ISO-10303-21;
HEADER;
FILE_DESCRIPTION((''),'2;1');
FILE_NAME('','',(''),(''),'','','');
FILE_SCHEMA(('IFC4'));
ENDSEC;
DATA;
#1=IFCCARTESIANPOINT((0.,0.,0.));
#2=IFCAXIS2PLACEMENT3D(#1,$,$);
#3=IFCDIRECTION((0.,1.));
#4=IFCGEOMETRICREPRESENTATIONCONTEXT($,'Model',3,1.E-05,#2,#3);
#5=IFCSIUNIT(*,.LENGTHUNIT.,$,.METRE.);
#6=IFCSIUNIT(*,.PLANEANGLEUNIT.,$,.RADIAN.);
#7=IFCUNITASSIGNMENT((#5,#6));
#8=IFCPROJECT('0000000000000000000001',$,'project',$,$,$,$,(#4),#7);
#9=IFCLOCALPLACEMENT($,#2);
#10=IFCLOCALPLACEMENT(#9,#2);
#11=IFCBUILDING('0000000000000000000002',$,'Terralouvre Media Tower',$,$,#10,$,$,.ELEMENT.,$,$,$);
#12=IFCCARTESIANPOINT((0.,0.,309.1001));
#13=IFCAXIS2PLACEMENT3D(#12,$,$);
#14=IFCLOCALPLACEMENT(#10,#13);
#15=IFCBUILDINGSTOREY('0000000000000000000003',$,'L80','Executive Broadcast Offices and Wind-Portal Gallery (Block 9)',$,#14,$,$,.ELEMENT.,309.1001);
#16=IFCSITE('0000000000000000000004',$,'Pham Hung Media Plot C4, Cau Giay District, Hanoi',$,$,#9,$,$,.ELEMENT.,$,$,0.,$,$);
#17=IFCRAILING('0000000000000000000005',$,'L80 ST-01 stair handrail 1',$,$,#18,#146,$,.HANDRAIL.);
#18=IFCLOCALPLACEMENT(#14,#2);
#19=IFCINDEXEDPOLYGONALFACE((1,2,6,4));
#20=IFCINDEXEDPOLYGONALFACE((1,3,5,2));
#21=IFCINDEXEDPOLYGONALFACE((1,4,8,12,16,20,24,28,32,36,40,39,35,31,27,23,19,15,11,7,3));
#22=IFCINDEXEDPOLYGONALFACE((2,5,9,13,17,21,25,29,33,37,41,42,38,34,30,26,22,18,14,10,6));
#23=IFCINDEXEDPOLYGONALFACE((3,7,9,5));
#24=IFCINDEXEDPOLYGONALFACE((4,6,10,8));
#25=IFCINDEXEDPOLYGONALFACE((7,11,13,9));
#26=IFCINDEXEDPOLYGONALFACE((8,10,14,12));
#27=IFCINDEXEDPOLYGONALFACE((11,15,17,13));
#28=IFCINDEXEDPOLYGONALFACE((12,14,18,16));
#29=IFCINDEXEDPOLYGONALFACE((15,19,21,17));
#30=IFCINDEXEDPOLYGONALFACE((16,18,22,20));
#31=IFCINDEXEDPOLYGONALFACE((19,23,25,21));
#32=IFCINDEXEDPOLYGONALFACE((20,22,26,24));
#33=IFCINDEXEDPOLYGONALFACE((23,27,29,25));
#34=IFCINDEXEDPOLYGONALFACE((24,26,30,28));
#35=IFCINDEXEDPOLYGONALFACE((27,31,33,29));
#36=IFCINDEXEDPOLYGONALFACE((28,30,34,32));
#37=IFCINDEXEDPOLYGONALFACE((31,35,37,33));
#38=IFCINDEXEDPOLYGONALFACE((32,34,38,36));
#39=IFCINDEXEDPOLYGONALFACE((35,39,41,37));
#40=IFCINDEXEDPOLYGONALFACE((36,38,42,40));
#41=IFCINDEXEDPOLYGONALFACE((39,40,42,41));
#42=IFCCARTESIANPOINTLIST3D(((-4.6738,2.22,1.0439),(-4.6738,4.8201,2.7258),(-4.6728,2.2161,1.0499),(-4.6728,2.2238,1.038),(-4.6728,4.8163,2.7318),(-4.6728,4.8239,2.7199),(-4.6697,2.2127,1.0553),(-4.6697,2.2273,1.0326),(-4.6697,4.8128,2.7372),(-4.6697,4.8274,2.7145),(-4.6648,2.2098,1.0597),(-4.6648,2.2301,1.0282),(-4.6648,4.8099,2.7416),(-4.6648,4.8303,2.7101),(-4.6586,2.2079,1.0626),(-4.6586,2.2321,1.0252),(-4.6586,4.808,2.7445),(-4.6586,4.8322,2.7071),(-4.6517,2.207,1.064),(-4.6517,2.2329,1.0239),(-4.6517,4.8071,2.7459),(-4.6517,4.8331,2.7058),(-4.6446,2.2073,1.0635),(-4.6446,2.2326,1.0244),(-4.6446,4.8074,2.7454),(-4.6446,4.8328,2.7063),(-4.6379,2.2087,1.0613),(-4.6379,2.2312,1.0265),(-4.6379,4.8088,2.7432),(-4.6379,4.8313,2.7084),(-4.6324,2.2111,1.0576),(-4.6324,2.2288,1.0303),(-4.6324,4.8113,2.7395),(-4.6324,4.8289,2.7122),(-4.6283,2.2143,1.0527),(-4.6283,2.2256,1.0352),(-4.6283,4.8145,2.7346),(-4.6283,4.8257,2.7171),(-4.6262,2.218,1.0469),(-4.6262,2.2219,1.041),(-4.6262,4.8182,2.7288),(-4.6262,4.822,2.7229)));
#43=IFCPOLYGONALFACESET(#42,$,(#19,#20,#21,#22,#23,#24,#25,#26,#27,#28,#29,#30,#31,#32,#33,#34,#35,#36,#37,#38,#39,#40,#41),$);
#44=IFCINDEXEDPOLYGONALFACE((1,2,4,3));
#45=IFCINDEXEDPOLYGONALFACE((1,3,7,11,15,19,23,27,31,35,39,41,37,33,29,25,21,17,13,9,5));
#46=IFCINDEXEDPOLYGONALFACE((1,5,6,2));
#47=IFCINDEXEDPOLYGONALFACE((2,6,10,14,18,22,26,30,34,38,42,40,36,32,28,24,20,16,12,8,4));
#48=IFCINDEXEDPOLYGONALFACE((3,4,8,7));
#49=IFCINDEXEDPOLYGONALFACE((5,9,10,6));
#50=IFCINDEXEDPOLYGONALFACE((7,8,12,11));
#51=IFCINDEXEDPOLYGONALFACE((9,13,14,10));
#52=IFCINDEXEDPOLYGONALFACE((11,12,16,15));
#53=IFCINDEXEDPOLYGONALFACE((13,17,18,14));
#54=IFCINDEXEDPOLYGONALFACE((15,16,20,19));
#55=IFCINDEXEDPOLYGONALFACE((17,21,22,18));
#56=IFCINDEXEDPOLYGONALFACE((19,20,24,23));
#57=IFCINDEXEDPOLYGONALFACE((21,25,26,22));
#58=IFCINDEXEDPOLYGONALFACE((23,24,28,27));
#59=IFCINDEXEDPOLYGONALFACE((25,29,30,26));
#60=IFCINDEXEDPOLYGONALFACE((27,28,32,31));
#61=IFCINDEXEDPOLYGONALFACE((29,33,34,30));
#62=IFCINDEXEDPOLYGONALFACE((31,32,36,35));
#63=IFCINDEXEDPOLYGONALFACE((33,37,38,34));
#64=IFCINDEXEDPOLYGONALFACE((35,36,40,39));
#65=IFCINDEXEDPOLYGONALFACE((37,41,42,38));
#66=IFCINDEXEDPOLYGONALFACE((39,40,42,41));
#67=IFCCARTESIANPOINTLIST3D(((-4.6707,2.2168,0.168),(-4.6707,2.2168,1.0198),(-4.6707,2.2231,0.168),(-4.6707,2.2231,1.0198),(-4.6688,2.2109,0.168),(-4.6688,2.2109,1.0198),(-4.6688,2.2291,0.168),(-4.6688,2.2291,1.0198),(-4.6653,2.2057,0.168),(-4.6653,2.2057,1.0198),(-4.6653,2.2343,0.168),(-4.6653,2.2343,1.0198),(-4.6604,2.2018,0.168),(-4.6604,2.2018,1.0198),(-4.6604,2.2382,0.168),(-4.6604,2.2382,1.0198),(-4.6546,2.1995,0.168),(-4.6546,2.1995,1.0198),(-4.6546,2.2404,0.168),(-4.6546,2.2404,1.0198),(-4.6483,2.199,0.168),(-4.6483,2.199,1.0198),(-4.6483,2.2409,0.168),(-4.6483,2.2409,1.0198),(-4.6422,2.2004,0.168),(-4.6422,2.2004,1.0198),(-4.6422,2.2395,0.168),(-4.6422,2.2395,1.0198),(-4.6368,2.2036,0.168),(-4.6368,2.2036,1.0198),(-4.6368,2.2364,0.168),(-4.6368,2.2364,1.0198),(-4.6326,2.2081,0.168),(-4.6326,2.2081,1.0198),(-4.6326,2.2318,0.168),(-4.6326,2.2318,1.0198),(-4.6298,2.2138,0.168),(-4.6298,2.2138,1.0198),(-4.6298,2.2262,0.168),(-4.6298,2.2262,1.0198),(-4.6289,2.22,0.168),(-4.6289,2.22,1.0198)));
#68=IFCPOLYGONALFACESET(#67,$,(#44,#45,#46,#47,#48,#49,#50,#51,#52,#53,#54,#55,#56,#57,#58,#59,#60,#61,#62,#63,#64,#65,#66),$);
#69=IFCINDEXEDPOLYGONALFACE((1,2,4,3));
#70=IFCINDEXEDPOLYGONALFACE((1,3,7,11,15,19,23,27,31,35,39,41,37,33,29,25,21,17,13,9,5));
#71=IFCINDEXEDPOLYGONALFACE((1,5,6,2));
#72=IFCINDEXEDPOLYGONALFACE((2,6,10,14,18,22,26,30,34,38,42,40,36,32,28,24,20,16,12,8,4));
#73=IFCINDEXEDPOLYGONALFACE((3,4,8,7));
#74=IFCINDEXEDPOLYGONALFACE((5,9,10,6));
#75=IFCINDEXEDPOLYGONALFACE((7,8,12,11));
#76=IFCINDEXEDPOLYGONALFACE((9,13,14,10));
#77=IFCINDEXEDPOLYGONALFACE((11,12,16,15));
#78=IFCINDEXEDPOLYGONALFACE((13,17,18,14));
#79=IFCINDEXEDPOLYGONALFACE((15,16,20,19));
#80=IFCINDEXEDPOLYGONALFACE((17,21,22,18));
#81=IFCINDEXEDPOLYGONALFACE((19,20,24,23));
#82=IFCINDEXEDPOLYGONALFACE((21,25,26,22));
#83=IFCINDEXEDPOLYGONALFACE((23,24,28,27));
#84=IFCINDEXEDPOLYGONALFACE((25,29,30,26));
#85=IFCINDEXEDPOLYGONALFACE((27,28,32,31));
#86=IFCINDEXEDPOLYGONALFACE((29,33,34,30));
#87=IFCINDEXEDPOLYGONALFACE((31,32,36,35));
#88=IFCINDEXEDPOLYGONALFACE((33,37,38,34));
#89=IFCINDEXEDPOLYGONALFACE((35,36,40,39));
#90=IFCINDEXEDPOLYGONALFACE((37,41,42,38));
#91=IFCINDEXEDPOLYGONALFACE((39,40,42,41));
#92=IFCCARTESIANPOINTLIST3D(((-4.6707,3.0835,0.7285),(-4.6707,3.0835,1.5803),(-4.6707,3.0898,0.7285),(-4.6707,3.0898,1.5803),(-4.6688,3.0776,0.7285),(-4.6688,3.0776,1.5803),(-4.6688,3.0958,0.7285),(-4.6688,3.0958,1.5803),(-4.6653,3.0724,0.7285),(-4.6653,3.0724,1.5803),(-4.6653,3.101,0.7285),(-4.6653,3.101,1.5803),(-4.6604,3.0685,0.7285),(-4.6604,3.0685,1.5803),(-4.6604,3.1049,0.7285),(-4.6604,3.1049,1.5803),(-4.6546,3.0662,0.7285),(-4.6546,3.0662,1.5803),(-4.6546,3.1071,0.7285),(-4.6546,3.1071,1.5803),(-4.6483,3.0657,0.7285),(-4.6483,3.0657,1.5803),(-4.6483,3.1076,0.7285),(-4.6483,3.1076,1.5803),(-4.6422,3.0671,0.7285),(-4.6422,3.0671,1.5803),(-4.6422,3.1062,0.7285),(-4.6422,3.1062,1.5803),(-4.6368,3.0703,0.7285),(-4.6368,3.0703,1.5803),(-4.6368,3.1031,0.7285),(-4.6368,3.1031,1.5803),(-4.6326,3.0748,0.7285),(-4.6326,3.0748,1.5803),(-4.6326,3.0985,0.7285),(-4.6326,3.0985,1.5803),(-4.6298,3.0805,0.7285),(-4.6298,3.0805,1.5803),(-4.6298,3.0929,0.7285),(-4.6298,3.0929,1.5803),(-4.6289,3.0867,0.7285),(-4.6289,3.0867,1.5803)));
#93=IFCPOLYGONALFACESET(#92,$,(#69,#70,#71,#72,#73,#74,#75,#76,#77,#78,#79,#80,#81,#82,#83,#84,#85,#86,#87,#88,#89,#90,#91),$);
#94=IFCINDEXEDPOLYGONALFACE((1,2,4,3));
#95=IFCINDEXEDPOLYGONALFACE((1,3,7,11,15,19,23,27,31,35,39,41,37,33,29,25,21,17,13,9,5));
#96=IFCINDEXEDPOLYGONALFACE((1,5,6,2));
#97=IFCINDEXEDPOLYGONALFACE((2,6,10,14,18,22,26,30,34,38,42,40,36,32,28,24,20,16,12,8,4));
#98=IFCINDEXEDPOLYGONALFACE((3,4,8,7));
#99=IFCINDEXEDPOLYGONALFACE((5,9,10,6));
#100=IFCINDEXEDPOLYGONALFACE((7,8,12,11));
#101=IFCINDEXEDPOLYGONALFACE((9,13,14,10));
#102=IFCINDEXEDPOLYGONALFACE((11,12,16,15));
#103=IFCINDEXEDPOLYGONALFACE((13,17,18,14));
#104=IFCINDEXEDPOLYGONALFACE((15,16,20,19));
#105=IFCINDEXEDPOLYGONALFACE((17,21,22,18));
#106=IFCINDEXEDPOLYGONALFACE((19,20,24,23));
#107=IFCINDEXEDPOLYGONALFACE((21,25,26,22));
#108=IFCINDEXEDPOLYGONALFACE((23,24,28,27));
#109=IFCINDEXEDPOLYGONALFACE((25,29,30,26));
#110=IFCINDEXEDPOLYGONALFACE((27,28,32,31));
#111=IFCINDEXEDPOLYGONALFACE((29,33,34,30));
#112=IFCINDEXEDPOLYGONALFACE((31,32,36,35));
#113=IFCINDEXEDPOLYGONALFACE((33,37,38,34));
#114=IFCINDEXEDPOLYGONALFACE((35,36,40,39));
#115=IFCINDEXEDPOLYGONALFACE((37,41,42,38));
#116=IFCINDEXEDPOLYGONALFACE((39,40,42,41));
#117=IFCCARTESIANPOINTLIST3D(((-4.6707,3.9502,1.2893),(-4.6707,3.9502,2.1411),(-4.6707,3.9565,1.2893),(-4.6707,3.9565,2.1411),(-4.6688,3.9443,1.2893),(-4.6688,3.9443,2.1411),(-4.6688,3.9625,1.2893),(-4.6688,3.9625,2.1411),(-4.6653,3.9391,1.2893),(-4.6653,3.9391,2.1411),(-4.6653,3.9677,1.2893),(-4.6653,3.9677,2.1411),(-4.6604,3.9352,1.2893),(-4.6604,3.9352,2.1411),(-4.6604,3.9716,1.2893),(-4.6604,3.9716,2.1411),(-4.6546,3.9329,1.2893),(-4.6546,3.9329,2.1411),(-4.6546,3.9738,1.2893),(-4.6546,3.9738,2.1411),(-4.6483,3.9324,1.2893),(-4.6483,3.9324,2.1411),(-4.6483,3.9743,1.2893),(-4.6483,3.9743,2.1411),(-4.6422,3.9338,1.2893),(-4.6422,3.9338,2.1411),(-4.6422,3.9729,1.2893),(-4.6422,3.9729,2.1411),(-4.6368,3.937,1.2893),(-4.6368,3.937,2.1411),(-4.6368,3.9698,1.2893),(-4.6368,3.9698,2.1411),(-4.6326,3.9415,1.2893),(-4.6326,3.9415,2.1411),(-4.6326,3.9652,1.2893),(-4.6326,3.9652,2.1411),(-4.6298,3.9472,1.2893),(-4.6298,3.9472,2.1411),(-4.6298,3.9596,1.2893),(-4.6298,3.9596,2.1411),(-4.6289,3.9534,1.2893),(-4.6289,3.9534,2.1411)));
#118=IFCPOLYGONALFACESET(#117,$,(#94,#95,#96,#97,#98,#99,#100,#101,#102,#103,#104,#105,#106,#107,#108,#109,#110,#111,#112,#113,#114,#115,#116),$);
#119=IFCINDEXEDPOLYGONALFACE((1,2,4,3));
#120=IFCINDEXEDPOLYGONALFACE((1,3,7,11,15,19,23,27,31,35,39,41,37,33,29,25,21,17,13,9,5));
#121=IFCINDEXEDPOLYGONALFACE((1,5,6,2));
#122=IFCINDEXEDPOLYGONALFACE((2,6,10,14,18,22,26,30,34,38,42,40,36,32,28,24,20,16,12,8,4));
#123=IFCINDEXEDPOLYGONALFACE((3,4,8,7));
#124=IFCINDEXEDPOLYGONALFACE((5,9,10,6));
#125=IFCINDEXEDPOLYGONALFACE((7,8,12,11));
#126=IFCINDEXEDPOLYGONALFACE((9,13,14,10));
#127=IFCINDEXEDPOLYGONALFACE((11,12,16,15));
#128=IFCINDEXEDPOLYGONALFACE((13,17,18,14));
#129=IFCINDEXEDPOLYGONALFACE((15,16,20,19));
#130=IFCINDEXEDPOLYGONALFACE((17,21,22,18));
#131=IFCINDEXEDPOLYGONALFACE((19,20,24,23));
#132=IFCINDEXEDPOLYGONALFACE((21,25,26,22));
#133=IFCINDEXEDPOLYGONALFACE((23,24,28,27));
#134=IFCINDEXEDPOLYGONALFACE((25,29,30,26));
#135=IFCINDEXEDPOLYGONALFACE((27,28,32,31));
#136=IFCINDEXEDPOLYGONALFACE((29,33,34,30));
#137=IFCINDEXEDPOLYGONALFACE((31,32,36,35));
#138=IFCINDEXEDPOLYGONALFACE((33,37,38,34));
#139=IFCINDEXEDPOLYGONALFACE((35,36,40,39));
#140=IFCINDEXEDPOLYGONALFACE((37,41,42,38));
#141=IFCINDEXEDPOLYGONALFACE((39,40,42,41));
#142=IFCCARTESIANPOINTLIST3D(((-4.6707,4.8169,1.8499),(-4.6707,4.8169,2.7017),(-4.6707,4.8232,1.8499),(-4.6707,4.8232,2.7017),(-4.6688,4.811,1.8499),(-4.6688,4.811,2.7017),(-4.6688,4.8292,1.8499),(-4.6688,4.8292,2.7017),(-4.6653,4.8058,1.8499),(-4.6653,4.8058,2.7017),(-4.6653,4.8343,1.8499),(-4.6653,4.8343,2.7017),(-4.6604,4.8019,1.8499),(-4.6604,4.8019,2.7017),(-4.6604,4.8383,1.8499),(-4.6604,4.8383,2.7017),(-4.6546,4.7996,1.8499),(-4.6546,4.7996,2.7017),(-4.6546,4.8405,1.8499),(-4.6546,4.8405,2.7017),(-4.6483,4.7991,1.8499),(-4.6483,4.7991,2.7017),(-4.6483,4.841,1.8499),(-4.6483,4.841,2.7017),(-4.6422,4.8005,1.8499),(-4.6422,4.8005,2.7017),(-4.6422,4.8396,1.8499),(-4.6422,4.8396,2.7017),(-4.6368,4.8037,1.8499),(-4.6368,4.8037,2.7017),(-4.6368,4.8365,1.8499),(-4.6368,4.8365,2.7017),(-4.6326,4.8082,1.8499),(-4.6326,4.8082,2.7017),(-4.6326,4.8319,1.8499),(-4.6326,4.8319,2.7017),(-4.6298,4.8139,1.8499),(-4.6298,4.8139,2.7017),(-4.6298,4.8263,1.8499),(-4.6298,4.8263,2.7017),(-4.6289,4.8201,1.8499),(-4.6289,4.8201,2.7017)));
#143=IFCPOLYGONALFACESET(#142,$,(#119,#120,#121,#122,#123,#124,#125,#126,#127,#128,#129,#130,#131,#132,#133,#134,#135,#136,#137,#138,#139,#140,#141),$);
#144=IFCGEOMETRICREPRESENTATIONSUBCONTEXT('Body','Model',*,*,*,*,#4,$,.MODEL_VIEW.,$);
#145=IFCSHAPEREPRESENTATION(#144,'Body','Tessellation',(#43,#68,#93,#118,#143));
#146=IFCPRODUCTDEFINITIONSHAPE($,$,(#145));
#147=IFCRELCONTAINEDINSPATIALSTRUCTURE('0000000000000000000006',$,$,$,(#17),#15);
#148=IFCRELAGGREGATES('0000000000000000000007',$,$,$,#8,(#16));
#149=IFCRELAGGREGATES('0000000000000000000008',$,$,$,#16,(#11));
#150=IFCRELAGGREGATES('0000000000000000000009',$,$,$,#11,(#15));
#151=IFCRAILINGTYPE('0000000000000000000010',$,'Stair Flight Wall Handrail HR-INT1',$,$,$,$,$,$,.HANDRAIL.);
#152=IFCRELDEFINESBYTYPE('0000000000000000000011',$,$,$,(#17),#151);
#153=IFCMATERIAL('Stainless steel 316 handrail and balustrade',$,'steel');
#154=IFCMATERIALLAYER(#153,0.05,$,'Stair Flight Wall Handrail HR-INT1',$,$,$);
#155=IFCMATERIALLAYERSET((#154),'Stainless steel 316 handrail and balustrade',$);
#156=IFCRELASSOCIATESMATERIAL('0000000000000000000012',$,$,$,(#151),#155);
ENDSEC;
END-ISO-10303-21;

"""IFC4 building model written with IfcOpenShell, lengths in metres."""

from ifc_helpers import new_model, si_unit, direction, frame, origin, origin_2d, place, context, subcontext, project, spatial, circle, extrude, material, layer, layer_set, type_object, element, save


model = new_model("IFC4")

# Units and contexts
model_context = context("Model", 3, precision=1e-05, world=origin(), true_north=direction((0.0, 1.0)))
body_context = subcontext(model_context, "Body", "Model", "MODEL_VIEW")
ifc_project = project(units=[si_unit("LENGTHUNIT", "METRE"), si_unit("PLANEANGLEUNIT", "RADIAN")], contexts=[model_context])

# Site, building, storey
site_placement = place(None, origin())
site = spatial("IfcSite", under=ifc_project, at=site_placement, Name="Pham Hung Media Plot C4, Cau Giay District, Hanoi", CompositionType="ELEMENT", RefElevation=0.0)
building_placement = place(site_placement, origin())
building = spatial("IfcBuilding", under=site, at=building_placement, Name="Terralouvre Media Tower", CompositionType="ELEMENT")
storey_placement = place(building_placement, frame((0.0, 0.0, 309.1001)))
storey = spatial("IfcBuildingStorey", under=building, at=storey_placement, Name="L80", Description="Executive Broadcast Offices and Wind-Portal Gallery (Block 9)", CompositionType="ELEMENT", Elevation=309.1001)

# Railing
ifc_material_1 = material(Name="Stainless steel 316 handrail and balustrade", Category="steel")
ifc_layer_1 = layer(ifc_material_1, 0.05, Name="Stair Flight Wall Handrail HR-INT1")
ifc_layer_set_1 = layer_set([ifc_layer_1], Name="Stainless steel 316 handrail and balustrade")
railing_type_1 = type_object("IfcRailingType", Name="Stair Flight Wall Handrail HR-INT1", PredefinedType="HANDRAIL", material=ifc_layer_set_1)
railing_1_placement = place(storey_placement, frame((-4.6499, 2.22, 0.168)))
element("IfcRailing", 1, at=railing_1_placement, inside=storey, type_object=railing_type_1, Name="L80 ST-01 stair handrail 1", PredefinedType="HANDRAIL", context=body_context, shape_type="SweptSolid", body=[
    extrude(circle(Radius=0.0239, at=origin_2d()), frame((0.0, 0.0, 0.876), z_axis=(0.0, 0.839648, 0.54313), x_axis=(-1.0, 0.0, 0.0)), (0.0, 0.0, 1.0), 3.0967),
    extrude(circle(Radius=0.021, at=origin_2d()), origin(), (0.0, 0.0, 1.0), 0.8518),
    extrude(circle(Radius=0.021, at=origin_2d()), frame((0.0, 0.8667, 0.5605)), (0.0, 0.0, 1.0), 0.8518),
    extrude(circle(Radius=0.021, at=origin_2d()), frame((0.0, 1.7334, 1.1213)), (0.0, 0.0, 1.0), 0.8518),
    extrude(circle(Radius=0.021, at=origin_2d()), frame((0.0, 2.6001, 1.6819)), (0.0, 0.0, 1.0), 0.8518),
])

save(model, "model.ifc")
